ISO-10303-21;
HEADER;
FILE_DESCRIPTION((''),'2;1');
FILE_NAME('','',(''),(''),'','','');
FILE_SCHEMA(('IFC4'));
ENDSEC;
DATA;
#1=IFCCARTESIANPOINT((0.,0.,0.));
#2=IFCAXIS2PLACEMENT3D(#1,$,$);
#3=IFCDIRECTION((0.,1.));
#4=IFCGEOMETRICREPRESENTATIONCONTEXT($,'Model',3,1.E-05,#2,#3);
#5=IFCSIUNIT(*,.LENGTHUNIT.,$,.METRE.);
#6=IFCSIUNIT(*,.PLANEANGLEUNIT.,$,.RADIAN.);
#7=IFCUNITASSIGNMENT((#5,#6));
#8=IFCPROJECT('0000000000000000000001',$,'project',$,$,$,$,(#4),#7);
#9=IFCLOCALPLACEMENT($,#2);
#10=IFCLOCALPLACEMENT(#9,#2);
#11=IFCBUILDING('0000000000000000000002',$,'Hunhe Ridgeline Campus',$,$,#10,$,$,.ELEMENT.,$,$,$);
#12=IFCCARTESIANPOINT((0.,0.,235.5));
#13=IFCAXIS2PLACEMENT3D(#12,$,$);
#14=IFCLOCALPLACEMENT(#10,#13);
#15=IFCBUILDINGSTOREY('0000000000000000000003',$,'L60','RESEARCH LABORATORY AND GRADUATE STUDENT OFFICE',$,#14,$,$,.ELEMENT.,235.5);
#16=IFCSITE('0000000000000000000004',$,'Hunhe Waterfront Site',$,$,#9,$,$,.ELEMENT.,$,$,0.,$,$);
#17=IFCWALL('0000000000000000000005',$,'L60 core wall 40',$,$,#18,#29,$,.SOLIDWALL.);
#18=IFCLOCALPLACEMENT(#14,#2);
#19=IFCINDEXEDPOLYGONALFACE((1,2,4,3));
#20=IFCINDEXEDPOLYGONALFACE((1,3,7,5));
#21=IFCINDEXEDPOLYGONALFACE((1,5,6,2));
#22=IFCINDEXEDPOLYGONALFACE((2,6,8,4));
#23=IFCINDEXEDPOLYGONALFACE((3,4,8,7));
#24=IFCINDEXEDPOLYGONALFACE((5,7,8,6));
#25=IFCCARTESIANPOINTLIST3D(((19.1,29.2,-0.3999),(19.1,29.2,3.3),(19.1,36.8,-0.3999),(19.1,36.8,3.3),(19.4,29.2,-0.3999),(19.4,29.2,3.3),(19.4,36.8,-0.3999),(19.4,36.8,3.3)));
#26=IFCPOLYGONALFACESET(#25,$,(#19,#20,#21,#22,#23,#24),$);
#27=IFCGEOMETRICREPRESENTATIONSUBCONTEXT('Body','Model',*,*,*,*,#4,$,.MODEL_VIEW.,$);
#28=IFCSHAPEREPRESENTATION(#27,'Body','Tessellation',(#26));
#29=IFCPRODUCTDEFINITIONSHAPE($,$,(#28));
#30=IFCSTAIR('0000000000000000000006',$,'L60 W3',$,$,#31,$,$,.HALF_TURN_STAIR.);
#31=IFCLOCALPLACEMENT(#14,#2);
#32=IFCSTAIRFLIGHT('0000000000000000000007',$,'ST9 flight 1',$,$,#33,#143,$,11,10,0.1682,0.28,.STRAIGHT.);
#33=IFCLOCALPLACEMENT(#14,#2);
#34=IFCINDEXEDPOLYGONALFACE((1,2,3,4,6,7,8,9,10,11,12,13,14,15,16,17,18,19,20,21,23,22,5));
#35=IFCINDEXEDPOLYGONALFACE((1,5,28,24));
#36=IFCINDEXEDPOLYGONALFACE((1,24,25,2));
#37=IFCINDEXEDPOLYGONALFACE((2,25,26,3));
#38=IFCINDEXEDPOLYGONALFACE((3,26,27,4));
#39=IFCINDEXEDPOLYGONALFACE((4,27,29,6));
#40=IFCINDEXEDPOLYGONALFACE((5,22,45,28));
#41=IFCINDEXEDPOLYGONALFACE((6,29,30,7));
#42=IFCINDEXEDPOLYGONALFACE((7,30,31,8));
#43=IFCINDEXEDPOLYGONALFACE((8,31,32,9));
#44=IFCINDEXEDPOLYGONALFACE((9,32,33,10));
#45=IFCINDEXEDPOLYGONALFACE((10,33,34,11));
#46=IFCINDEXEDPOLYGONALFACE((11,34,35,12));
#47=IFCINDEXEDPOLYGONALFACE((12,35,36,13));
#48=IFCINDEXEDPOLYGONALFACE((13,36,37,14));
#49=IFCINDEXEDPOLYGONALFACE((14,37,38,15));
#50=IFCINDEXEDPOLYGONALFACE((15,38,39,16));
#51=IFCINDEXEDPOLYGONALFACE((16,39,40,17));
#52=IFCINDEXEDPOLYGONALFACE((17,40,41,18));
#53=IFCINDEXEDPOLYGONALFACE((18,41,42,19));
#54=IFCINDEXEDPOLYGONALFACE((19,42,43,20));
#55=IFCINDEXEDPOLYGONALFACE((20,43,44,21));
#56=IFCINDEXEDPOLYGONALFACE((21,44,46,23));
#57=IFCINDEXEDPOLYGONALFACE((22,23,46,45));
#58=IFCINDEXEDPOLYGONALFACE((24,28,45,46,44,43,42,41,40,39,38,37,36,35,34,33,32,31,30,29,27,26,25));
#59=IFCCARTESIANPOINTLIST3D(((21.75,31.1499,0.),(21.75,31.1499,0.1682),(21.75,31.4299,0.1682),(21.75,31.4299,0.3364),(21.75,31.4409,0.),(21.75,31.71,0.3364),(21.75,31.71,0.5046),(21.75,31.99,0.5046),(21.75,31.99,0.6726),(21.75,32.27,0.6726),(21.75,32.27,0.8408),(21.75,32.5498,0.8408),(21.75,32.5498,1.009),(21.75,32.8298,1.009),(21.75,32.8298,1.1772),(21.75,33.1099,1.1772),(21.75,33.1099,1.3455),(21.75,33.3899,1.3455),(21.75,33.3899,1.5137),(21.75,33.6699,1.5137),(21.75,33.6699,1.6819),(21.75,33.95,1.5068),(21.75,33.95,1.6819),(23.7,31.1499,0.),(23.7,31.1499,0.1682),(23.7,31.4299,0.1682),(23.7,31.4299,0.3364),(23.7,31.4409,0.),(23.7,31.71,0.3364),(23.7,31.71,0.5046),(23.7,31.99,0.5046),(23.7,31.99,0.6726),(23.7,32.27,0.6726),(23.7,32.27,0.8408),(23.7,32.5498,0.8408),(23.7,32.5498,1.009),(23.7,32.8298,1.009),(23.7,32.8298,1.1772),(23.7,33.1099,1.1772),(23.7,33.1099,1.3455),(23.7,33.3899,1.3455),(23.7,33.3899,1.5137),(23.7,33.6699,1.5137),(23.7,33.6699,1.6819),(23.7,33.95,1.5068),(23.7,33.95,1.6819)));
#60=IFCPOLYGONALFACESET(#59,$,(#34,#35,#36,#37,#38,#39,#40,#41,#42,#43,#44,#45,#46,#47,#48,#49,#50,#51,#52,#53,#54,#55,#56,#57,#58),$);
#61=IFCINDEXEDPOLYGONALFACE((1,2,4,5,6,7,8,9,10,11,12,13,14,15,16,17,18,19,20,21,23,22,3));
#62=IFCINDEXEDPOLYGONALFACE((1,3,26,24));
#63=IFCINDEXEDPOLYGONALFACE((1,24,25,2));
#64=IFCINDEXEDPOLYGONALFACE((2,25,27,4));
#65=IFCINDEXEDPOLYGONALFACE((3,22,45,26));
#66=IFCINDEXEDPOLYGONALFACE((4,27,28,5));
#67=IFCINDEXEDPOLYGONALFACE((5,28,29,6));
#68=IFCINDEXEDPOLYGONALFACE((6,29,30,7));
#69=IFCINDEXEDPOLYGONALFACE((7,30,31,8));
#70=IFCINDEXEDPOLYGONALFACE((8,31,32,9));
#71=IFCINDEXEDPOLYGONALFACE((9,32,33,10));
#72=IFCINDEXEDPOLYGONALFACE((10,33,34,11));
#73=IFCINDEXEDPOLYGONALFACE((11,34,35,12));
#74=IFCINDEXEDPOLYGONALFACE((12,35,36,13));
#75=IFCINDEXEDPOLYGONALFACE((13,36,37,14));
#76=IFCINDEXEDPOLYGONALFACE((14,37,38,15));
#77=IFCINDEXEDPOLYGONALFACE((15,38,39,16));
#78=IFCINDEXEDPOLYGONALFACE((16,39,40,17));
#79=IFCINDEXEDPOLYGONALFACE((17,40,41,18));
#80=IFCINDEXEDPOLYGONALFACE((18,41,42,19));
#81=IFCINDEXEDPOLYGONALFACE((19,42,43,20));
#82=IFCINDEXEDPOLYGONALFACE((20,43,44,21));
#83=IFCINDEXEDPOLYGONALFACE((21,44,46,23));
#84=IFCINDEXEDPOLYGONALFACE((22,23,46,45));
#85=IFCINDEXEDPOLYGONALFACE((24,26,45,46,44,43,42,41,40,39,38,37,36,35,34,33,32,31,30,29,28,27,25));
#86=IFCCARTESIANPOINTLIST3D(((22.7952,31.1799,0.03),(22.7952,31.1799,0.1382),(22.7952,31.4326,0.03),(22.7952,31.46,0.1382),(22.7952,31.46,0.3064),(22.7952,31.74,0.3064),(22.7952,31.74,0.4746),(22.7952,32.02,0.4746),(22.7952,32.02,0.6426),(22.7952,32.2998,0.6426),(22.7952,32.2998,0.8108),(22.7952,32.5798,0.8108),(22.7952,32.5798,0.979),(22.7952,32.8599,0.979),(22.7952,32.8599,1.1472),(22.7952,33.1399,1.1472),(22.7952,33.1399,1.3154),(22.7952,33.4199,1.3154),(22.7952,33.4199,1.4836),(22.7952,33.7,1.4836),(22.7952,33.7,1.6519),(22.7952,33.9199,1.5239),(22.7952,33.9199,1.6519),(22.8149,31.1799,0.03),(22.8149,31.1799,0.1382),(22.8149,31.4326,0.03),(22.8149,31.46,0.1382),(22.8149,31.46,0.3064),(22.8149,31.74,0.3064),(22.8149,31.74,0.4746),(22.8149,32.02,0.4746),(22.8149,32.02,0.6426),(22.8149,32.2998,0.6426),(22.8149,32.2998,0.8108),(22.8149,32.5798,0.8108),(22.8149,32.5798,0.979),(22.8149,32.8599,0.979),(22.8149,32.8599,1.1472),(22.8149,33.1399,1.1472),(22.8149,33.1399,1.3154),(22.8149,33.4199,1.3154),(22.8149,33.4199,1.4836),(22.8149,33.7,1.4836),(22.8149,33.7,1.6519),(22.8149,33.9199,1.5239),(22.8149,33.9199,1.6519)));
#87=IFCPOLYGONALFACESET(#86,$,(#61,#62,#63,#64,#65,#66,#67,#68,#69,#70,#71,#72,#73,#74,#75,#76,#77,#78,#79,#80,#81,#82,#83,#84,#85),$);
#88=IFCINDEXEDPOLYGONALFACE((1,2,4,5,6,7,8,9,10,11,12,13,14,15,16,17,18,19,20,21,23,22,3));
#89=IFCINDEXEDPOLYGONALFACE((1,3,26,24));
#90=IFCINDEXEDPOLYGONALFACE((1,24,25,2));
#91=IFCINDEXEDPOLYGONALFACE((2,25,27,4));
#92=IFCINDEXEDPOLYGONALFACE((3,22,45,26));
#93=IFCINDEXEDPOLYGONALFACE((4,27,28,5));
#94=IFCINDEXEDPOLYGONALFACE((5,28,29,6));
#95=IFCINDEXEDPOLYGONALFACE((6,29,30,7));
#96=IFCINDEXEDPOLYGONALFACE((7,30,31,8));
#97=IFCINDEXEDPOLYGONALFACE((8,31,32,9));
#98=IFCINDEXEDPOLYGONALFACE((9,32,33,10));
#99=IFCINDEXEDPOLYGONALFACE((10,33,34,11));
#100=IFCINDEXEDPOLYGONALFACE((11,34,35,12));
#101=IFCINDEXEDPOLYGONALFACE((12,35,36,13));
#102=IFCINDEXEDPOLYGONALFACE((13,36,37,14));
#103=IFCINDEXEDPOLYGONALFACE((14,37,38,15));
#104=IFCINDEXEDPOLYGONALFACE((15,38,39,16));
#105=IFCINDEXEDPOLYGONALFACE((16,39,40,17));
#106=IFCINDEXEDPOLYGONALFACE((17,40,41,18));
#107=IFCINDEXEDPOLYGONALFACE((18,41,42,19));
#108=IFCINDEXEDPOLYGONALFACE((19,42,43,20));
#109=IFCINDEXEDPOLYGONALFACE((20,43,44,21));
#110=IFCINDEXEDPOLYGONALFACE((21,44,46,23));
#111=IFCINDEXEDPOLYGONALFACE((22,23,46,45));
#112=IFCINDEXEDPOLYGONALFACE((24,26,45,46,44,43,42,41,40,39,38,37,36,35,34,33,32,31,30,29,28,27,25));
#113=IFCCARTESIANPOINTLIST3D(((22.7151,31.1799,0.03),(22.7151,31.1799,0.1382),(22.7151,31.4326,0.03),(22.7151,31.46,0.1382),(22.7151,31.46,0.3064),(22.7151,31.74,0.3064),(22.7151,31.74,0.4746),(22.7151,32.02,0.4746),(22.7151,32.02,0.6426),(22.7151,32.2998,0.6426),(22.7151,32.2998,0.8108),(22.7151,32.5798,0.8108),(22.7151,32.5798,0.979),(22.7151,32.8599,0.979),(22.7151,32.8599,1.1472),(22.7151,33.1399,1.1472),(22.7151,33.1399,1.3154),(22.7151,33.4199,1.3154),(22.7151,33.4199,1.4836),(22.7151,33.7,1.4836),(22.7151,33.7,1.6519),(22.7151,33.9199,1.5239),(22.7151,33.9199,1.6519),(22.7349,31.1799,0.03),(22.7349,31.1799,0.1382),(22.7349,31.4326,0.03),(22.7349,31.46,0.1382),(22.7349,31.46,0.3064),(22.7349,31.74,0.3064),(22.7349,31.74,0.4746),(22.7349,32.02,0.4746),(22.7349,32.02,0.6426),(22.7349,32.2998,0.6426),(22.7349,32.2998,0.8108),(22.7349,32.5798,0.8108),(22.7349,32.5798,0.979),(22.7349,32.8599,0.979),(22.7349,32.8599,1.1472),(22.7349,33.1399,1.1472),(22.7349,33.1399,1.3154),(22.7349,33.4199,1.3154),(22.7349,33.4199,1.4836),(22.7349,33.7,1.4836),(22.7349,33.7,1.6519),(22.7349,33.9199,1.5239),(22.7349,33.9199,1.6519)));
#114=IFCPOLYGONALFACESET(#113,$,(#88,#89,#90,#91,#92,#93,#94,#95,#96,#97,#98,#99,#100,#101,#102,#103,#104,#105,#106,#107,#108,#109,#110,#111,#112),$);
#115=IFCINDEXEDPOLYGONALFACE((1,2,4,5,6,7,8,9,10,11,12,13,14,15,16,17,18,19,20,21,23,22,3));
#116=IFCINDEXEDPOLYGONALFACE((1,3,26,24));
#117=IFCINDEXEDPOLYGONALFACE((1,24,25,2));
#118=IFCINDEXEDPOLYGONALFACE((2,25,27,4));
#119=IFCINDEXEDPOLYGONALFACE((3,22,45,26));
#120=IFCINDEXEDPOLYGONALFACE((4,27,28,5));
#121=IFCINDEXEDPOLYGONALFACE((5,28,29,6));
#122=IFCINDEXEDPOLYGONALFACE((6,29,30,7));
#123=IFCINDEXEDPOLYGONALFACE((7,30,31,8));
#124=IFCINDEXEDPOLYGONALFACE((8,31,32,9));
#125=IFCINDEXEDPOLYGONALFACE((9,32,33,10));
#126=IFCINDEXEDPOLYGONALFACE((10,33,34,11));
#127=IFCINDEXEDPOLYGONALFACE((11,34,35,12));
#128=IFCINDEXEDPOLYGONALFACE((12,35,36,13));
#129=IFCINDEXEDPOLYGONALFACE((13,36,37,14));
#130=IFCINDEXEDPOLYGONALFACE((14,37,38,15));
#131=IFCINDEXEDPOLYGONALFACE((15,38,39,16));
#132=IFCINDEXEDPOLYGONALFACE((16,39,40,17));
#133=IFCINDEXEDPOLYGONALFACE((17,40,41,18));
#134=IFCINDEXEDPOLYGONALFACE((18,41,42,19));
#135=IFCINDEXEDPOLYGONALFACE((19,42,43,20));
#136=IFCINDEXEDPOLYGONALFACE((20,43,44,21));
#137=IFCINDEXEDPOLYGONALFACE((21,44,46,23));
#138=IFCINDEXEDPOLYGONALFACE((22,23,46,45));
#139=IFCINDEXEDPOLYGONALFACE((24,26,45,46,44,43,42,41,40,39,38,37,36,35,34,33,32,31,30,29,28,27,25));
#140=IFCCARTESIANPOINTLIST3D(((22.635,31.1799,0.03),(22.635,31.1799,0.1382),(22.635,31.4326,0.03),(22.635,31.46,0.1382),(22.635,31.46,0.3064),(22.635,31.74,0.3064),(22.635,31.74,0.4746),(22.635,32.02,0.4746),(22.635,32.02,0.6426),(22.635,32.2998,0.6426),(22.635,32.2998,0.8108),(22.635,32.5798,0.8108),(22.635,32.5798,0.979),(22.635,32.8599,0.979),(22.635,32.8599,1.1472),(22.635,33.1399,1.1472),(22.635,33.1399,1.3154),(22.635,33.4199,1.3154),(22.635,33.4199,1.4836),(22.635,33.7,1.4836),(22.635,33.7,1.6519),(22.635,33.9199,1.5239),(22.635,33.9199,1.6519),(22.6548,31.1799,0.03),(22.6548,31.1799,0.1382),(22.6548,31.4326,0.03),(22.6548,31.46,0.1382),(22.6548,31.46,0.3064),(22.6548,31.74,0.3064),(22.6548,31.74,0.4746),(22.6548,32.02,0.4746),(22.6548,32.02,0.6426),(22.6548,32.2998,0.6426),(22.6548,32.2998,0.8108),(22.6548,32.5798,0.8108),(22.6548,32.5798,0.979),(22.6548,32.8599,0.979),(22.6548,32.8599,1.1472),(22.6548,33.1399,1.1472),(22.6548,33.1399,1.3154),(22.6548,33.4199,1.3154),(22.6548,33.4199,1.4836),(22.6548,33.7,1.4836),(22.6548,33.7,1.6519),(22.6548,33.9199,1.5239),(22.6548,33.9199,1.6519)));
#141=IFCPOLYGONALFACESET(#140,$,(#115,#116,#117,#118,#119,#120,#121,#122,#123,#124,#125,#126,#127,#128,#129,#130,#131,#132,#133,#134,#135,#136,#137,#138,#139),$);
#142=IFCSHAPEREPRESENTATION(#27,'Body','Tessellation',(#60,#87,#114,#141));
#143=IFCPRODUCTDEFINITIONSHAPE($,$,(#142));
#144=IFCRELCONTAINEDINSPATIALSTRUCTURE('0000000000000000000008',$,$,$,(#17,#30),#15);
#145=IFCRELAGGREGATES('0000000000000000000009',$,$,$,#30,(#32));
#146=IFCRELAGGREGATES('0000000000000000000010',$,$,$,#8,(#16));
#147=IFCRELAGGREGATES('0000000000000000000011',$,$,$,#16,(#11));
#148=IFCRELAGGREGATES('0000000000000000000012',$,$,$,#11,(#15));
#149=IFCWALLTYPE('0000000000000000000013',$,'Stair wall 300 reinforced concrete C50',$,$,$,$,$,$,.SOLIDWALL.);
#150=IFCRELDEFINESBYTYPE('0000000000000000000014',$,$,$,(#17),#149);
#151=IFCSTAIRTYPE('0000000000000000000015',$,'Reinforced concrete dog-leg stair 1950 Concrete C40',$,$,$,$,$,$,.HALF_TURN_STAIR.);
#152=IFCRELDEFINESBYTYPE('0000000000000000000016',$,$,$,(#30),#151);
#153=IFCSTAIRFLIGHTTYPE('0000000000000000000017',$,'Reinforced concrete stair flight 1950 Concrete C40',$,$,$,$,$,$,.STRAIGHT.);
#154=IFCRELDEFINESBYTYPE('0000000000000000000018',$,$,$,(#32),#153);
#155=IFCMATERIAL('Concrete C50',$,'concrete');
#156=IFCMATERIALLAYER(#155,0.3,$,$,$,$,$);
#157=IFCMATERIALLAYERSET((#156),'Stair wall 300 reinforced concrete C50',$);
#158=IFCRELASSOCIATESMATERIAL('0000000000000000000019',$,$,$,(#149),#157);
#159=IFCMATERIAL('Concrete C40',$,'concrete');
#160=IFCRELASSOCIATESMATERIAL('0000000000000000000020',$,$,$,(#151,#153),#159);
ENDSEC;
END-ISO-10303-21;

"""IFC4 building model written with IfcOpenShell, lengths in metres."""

from ifc_helpers import new_model, si_unit, direction, frame, frame_2d, origin, place, context, subcontext, project, spatial, polyline, rectangle, outline, extrude, material, layer, layer_set, type_object, element, aggregate, save


model = new_model("IFC4")

# Units and contexts
model_context = context("Model", 3, precision=1e-05, world=origin(), true_north=direction((0.0, 1.0)))
body_context = subcontext(model_context, "Body", "Model", "MODEL_VIEW")
ifc_project = project(units=[si_unit("LENGTHUNIT", "METRE"), si_unit("PLANEANGLEUNIT", "RADIAN")], contexts=[model_context])

# Site, building, storey
site_placement = place(None, origin())
site = spatial("IfcSite", under=ifc_project, at=site_placement, Name="Hunhe Waterfront Site", CompositionType="ELEMENT", RefElevation=0.0)
building_placement = place(site_placement, origin())
building = spatial("IfcBuilding", under=site, at=building_placement, Name="Hunhe Ridgeline Campus", CompositionType="ELEMENT")
storey_placement = place(building_placement, frame((0.0, 0.0, 235.5)))
storey = spatial("IfcBuildingStorey", under=building, at=storey_placement, Name="L60", Description="RESEARCH LABORATORY AND GRADUATE STUDENT OFFICE", CompositionType="ELEMENT", Elevation=235.5)

# Shared definitions
ifc_material_1 = material(Name="Concrete C50", Category="concrete")

# Wall
ifc_layer_1 = layer(ifc_material_1, 0.3)
ifc_layer_set_1 = layer_set([ifc_layer_1], Name="Stair wall 300 reinforced concrete C50")
wall_type_1 = type_object("IfcWallType", Name="Stair wall 300 reinforced concrete C50", PredefinedType="SOLIDWALL", material=ifc_layer_set_1)
wall_1_placement = place(storey_placement, frame((19.25, 29.2, -0.3999), z_axis=(0.0, 0.0, 1.0), x_axis=(0.0, 1.0, 0.0)))
element("IfcWall", 1, at=wall_1_placement, inside=storey, type_object=wall_type_1, Name="L60 core wall 40", PredefinedType="SOLIDWALL", context=body_context, shape_type="SweptSolid", body=[
    extrude(rectangle(XDim=7.6001, YDim=0.3, at=frame_2d((3.8, 0.0))), origin(), (0.0, 0.0, 1.0), 3.7),
])

# Stair, stair flight
ifc_material_2 = material(Name="Concrete C40", Category="concrete")
stair_type = type_object("IfcStairType", Name="Reinforced concrete dog-leg stair 1950 Concrete C40", PredefinedType="HALF_TURN_STAIR", material=ifc_material_2)
stair_placement = place(storey_placement, origin())
stair = element("IfcStair", 2, at=stair_placement, inside=storey, type_object=stair_type, Name="L60 W3", PredefinedType="HALF_TURN_STAIR")
stair_flight_type = type_object("IfcStairFlightType", Name="Reinforced concrete stair flight 1950 Concrete C40", PredefinedType="STRAIGHT", material=ifc_material_2)
stair_flight_1_placement = place(storey_placement, frame((22.7251, 31.1499, 0.0), z_axis=(0.0, 0.0, 1.0), x_axis=(0.0, 1.0, 0.0)))
stair_flight_1 = element("IfcStairFlight", 3, at=stair_flight_1_placement, type_object=stair_flight_type, Name="ST9 flight 1", NumberOfRisers=11, NumberOfTreads=10, PredefinedType="STRAIGHT", RiserHeight=0.1682, TreadLength=0.28, context=body_context, shape_type="SweptSolid", body=[
    extrude(outline(polyline([(0.0, 0.0), (0.0, 0.1682), (0.28, 0.1682), (0.28, 0.3364), (0.5601, 0.3364), (0.5601, 0.5046), (0.8401, 0.5046), (0.8401, 0.6726), (1.1201, 0.6726), (1.1201, 0.8408), (1.3999, 0.8408), (1.3999, 1.009), (1.6799, 1.009), (1.6799, 1.1772), (1.96, 1.1772), (1.96, 1.3455), (2.24, 1.3455), (2.24, 1.5137), (2.52, 1.5137), (2.52, 1.6819), (2.8, 1.6819), (2.8, 1.8501), (2.8, 1.5068), (0.291, 0.0), (0.0, 0.0)])), frame((0.0, 0.9751, 0.0), z_axis=(0.0, -1.0, 0.0), x_axis=(1.0, 0.0, 0.0)), (0.0, 0.0, 1.0), 1.95),
    extrude(outline(polyline([(0.03, 0.03), (0.03, 0.1382), (0.3101, 0.1382), (0.3101, 0.3064), (0.5901, 0.3064), (0.5901, 0.4746), (0.8701, 0.4746), (0.8701, 0.6426), (1.1499, 0.6426), (1.1499, 0.8108), (1.4299, 0.8108), (1.4299, 0.979), (1.71, 0.979), (1.71, 1.1472), (1.99, 1.1472), (1.99, 1.3154), (2.27, 1.3154), (2.27, 1.4836), (2.55, 1.4836), (2.55, 1.6519), (2.77, 1.6519), (2.77, 1.5239), (0.2827, 0.03), (0.03, 0.03)])), frame((0.0, -0.0701, 0.0), z_axis=(0.0, -1.0, 0.0), x_axis=(1.0, 0.0, 0.0)), (0.0, 0.0, 1.0), 0.0198),
    extrude(outline(polyline([(0.03, 0.03), (0.03, 0.1382), (0.3101, 0.1382), (0.3101, 0.3064), (0.5901, 0.3064), (0.5901, 0.4746), (0.8701, 0.4746), (0.8701, 0.6426), (1.1499, 0.6426), (1.1499, 0.8108), (1.4299, 0.8108), (1.4299, 0.979), (1.71, 0.979), (1.71, 1.1472), (1.99, 1.1472), (1.99, 1.3154), (2.27, 1.3154), (2.27, 1.4836), (2.55, 1.4836), (2.55, 1.6519), (2.77, 1.6519), (2.77, 1.5239), (0.2827, 0.03), (0.03, 0.03)])), frame((0.0, 0.01, 0.0), z_axis=(0.0, -1.0, 0.0), x_axis=(1.0, 0.0, 0.0)), (0.0, 0.0, 1.0), 0.0198),
    extrude(outline(polyline([(0.03, 0.03), (0.03, 0.1382), (0.3101, 0.1382), (0.3101, 0.3064), (0.5901, 0.3064), (0.5901, 0.4746), (0.8701, 0.4746), (0.8701, 0.6426), (1.1499, 0.6426), (1.1499, 0.8108), (1.4299, 0.8108), (1.4299, 0.979), (1.71, 0.979), (1.71, 1.1472), (1.99, 1.1472), (1.99, 1.3154), (2.27, 1.3154), (2.27, 1.4836), (2.55, 1.4836), (2.55, 1.6519), (2.77, 1.6519), (2.77, 1.5239), (0.2827, 0.03), (0.03, 0.03)])), frame((0.0, 0.0901, 0.0), z_axis=(0.0, -1.0, 0.0), x_axis=(1.0, 0.0, 0.0)), (0.0, 0.0, 1.0), 0.0198),
])
aggregate(stair, [stair_flight_1])

save(model, "model.ifc")
